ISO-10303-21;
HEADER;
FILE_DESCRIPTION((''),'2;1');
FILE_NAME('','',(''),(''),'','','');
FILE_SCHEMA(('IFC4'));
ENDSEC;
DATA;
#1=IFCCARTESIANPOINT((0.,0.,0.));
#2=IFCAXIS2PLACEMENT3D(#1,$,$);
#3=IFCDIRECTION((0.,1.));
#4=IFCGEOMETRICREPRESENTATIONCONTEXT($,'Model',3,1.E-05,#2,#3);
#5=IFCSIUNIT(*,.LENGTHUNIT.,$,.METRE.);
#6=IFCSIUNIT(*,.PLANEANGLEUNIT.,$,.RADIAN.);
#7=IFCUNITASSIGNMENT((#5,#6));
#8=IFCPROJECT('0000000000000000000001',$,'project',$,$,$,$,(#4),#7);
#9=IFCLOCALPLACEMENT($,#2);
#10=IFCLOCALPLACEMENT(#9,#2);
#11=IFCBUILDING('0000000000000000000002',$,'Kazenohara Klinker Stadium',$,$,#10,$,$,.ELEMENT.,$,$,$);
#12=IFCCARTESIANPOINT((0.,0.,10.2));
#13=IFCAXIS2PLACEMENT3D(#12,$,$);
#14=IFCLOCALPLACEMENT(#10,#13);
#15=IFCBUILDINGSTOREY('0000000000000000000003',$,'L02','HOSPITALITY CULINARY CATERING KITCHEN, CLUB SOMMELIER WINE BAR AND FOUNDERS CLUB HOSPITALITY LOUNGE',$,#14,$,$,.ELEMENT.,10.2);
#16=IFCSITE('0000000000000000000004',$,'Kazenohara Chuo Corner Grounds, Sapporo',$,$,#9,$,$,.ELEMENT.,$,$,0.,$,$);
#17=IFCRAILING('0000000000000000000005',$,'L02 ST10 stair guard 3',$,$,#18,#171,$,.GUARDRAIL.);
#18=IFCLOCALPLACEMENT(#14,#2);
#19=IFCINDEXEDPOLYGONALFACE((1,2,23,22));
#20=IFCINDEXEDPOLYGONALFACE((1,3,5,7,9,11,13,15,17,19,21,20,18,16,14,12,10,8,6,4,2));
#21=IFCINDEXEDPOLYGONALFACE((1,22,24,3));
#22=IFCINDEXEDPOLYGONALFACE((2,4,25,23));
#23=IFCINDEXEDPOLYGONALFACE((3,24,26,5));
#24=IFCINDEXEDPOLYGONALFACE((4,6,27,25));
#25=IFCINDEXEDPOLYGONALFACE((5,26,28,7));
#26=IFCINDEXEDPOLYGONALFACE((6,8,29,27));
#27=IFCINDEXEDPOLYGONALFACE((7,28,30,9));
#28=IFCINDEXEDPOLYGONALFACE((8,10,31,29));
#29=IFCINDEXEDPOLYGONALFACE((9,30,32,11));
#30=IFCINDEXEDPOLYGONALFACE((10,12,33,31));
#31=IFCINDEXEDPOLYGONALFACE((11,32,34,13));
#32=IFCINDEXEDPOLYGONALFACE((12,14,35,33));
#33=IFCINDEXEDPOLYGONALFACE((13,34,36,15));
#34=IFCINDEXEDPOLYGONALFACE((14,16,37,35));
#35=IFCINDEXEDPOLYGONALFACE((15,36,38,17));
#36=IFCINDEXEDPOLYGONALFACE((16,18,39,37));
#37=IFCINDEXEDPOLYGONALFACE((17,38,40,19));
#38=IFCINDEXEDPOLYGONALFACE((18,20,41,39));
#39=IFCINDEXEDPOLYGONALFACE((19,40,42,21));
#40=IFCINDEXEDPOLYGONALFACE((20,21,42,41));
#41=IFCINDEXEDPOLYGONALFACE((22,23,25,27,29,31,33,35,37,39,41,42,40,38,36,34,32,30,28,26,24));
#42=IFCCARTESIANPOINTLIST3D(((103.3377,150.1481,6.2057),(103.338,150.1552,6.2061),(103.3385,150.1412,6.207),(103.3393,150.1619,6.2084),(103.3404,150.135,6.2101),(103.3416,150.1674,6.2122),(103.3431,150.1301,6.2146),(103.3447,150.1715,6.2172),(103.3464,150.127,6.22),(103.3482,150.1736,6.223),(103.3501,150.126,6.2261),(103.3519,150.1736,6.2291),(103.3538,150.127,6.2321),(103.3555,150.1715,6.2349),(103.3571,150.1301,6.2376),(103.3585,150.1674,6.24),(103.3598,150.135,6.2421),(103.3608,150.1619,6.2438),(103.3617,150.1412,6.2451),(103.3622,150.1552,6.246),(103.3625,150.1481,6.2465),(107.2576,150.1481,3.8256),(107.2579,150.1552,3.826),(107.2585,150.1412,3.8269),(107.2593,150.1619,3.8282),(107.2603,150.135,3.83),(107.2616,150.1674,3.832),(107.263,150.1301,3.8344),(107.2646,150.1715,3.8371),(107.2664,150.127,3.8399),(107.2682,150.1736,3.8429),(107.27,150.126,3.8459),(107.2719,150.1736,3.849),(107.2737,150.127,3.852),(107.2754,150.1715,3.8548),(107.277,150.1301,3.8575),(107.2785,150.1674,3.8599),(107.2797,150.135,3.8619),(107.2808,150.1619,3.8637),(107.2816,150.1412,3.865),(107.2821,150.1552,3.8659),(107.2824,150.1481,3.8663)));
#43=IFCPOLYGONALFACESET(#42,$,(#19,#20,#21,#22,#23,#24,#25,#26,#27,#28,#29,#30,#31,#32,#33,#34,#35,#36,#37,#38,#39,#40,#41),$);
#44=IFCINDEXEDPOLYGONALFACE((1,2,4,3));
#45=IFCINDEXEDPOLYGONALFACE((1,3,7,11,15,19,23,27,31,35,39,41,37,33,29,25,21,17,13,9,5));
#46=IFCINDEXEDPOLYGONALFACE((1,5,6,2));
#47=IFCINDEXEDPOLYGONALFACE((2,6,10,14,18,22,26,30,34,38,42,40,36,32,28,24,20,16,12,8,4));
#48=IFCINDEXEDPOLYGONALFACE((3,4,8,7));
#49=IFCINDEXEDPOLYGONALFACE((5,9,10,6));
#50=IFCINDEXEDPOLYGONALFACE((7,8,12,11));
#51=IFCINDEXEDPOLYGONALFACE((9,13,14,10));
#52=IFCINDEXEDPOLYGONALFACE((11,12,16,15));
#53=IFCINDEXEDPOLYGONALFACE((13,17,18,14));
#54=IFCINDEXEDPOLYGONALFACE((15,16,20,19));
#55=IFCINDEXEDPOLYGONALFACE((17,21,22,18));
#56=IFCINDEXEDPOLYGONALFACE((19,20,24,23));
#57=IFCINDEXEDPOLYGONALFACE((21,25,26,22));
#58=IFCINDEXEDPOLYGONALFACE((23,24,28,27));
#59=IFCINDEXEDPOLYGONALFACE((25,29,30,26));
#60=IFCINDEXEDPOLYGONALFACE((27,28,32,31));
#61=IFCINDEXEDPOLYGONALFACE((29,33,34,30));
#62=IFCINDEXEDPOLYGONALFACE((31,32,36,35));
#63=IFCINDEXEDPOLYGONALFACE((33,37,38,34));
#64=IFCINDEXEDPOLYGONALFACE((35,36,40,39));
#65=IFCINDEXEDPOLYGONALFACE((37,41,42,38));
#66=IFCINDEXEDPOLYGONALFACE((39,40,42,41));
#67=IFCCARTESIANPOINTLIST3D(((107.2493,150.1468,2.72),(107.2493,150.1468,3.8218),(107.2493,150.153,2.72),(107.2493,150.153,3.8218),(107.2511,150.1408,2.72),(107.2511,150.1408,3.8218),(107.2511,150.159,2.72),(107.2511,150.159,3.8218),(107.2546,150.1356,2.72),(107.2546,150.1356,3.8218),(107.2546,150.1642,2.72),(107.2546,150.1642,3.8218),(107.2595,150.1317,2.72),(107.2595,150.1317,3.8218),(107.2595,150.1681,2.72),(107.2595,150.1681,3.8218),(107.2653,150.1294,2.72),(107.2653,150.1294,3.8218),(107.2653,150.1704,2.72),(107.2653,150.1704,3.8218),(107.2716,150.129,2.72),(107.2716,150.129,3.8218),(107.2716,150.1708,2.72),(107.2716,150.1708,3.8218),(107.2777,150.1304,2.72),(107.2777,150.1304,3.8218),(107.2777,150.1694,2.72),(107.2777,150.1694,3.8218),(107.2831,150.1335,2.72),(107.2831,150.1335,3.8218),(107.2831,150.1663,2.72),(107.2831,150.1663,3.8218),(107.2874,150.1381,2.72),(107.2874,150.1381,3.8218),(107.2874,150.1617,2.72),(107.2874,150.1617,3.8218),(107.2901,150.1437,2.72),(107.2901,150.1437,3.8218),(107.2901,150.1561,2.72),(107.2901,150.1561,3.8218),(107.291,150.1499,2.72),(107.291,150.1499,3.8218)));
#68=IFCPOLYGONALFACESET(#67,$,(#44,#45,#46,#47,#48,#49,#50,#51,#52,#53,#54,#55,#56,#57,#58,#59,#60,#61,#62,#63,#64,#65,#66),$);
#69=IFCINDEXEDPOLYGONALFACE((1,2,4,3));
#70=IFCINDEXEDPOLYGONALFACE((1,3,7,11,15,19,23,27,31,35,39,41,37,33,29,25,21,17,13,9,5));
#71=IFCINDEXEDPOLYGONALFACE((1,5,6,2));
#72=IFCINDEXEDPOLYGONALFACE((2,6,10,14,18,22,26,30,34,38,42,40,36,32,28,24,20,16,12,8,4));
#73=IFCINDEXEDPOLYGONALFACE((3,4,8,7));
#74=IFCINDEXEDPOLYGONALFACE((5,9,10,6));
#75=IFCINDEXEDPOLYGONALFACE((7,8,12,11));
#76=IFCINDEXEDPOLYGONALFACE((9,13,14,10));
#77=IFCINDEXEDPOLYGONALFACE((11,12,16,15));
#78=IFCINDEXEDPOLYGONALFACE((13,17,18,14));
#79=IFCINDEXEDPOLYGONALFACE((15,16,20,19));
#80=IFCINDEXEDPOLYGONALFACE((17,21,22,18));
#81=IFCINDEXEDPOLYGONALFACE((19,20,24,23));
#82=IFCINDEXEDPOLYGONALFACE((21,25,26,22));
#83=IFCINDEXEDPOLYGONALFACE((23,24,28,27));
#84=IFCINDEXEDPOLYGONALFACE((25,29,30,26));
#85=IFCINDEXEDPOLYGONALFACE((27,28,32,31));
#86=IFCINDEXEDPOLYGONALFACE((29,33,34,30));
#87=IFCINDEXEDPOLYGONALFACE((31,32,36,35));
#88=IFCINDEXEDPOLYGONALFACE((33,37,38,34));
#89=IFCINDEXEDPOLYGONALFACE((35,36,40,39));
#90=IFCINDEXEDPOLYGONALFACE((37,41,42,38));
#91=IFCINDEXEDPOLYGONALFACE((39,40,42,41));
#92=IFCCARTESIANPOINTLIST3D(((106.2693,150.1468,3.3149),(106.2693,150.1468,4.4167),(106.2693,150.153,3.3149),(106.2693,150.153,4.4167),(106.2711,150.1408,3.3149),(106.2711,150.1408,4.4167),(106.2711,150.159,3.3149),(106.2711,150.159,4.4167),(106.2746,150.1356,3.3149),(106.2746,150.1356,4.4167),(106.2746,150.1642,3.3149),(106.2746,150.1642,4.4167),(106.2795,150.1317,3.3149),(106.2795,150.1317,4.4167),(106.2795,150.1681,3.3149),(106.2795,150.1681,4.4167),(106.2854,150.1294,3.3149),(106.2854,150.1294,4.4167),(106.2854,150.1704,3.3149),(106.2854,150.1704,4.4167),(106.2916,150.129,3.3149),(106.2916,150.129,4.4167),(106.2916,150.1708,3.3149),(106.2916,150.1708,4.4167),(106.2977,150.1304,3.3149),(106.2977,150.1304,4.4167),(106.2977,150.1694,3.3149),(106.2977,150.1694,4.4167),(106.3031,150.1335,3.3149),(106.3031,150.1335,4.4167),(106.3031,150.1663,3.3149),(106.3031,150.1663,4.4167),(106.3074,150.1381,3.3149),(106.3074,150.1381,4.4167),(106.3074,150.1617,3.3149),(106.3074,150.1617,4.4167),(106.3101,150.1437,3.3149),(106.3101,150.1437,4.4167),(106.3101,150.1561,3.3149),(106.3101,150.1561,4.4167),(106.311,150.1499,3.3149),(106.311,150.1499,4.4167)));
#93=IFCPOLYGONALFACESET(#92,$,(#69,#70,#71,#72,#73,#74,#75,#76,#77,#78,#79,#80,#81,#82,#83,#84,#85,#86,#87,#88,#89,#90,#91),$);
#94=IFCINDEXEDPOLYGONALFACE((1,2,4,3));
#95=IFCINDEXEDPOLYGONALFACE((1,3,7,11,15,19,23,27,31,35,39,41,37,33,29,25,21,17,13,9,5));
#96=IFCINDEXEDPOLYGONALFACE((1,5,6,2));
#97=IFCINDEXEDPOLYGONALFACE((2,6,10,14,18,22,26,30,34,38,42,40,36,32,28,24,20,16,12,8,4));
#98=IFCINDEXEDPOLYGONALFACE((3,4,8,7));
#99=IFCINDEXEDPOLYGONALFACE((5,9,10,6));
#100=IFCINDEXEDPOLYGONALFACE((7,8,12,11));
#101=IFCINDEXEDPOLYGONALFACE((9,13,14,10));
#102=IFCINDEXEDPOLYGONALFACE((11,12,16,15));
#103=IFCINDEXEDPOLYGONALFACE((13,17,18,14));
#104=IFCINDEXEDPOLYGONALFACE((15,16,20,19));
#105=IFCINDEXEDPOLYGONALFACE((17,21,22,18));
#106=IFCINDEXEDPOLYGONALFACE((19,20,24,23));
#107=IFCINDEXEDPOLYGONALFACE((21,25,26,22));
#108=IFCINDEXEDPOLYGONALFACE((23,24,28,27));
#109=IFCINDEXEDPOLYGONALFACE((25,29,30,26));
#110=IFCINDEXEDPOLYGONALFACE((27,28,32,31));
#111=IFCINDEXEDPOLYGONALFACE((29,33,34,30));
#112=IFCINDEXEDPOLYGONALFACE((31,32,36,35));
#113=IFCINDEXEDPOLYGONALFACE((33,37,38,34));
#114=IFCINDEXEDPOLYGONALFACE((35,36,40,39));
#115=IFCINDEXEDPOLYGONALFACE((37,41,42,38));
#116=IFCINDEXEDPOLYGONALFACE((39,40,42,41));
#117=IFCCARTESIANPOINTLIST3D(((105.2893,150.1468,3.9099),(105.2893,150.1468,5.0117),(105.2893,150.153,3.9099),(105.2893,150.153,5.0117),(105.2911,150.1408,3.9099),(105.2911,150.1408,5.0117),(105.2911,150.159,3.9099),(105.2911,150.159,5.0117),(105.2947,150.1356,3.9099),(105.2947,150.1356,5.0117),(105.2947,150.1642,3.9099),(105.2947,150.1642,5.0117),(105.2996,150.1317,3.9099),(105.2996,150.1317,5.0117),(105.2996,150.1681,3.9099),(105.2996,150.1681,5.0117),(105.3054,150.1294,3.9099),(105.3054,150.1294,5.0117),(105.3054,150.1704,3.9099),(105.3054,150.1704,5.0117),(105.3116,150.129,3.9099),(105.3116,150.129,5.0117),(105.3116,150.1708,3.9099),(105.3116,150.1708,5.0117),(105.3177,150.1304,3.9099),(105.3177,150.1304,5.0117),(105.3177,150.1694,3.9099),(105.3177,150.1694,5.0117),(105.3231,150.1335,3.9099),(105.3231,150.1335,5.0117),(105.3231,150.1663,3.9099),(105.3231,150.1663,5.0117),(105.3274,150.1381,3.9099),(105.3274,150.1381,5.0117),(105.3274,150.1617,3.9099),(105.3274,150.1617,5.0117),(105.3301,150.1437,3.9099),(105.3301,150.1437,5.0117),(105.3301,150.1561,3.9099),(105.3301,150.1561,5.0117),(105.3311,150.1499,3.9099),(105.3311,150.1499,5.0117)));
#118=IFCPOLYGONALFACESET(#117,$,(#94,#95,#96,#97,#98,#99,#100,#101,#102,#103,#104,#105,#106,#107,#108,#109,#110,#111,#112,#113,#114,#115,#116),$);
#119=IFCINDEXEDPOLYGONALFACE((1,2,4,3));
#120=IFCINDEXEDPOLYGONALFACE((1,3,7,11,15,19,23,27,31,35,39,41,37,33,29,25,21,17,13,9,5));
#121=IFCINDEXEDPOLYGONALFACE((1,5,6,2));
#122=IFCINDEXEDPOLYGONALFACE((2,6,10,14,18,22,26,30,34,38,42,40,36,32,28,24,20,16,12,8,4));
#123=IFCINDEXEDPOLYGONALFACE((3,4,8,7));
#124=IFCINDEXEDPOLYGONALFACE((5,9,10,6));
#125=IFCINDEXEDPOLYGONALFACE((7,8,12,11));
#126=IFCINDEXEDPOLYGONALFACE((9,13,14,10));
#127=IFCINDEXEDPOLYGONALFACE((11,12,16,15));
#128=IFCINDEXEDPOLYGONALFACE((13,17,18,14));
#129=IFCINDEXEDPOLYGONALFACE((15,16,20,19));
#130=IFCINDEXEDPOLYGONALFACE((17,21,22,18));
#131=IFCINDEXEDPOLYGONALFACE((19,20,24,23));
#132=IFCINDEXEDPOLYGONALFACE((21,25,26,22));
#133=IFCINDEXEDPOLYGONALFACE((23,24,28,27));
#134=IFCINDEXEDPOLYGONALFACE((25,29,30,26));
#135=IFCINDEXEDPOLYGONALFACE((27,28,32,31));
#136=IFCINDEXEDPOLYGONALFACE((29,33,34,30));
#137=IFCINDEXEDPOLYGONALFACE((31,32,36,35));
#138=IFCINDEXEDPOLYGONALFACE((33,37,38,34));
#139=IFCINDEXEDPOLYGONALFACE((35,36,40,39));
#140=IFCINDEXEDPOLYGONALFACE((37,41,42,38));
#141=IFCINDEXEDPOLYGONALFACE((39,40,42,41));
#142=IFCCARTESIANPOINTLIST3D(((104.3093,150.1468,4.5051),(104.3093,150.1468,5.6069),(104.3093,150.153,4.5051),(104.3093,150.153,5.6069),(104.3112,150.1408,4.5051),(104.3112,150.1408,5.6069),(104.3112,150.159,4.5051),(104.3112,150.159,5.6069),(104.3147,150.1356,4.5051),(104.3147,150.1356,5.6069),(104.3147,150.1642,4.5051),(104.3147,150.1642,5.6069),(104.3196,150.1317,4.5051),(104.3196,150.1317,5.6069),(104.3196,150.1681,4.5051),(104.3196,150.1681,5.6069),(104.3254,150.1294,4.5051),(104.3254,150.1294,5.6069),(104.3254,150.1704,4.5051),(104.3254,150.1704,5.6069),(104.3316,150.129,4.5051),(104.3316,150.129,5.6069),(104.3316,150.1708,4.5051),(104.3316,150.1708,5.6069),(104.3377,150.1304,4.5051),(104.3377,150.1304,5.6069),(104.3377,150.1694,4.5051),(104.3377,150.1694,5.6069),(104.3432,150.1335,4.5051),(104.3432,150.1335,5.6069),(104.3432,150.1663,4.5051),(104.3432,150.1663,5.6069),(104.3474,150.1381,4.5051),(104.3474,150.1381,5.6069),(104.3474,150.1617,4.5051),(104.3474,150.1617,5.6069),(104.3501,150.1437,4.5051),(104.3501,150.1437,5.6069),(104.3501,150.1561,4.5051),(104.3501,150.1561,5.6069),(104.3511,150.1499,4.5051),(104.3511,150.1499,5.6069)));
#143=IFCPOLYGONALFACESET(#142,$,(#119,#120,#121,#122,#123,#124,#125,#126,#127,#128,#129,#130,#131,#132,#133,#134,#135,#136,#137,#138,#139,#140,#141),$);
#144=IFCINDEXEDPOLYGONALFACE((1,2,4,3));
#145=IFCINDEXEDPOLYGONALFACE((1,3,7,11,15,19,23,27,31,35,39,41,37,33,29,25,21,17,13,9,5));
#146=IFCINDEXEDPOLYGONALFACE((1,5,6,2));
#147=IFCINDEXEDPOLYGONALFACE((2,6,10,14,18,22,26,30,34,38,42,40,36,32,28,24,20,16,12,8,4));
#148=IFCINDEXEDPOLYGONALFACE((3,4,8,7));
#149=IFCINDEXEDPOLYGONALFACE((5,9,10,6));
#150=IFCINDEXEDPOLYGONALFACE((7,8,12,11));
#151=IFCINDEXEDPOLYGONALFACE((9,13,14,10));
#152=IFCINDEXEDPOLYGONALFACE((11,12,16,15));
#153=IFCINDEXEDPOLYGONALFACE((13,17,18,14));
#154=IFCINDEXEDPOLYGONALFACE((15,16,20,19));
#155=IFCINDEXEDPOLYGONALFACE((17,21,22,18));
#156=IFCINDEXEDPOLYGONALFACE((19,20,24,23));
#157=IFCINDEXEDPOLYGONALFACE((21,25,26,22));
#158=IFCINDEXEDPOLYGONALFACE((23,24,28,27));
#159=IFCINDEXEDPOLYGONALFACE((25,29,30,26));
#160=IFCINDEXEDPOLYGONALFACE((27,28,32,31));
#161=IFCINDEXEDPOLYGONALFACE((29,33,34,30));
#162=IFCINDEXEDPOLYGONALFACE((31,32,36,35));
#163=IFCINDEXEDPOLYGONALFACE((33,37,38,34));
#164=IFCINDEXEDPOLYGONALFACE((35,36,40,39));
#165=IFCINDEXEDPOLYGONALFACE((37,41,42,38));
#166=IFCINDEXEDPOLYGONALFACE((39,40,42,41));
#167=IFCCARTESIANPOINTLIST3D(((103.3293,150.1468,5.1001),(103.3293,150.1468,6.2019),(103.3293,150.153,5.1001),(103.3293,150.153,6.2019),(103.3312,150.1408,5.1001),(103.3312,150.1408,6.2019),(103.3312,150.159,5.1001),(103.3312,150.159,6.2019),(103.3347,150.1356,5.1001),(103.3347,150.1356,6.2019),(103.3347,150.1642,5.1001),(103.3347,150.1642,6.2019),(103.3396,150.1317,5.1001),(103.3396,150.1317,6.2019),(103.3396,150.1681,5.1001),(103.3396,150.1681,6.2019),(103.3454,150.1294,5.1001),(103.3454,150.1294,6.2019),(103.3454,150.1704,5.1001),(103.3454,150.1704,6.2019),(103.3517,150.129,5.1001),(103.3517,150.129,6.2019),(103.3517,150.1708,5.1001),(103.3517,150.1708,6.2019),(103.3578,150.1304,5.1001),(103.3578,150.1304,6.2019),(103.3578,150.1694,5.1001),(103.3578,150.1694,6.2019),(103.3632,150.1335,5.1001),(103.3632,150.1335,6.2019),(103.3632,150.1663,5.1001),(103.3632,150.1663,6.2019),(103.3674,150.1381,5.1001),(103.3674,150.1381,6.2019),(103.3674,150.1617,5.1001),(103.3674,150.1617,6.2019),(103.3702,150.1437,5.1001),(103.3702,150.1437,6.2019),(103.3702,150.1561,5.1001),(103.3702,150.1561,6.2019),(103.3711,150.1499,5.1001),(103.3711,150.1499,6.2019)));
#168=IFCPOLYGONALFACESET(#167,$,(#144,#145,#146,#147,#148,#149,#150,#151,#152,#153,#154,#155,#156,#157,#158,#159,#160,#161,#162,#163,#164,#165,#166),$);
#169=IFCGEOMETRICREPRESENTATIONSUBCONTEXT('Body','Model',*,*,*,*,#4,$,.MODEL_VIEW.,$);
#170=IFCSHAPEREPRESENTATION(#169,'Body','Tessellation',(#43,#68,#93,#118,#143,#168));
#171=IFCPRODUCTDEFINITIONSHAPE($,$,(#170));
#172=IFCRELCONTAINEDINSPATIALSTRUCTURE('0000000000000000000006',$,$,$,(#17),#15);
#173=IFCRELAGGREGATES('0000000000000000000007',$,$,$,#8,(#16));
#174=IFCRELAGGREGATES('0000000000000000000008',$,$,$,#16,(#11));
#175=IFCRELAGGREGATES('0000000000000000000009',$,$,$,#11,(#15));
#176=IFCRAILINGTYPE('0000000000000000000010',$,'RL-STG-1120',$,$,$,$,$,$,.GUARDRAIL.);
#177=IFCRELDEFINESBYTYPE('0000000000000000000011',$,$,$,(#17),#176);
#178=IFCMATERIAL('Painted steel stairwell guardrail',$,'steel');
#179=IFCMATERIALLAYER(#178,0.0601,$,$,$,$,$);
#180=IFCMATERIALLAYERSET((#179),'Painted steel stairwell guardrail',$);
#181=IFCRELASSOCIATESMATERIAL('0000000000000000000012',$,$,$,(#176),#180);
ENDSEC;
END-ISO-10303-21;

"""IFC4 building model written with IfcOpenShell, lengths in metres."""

from ifc_helpers import new_model, si_unit, direction, frame, origin, origin_2d, place, context, subcontext, project, spatial, circle, extrude, material, layer, layer_set, type_object, element, save


model = new_model("IFC4")

# Units and contexts
model_context = context("Model", 3, precision=1e-05, world=origin(), true_north=direction((0.0, 1.0)))
body_context = subcontext(model_context, "Body", "Model", "MODEL_VIEW")
ifc_project = project(units=[si_unit("LENGTHUNIT", "METRE"), si_unit("PLANEANGLEUNIT", "RADIAN")], contexts=[model_context])

# Site, building, storey
site_placement = place(None, origin())
site = spatial("IfcSite", under=ifc_project, at=site_placement, Name="Kazenohara Chuo Corner Grounds, Sapporo", CompositionType="ELEMENT", RefElevation=0.0)
building_placement = place(site_placement, origin())
building = spatial("IfcBuilding", under=site, at=building_placement, Name="Kazenohara Klinker Stadium", CompositionType="ELEMENT")
storey_placement = place(building_placement, frame((0.0, 0.0, 10.2)))
storey = spatial("IfcBuildingStorey", under=building, at=storey_placement, Name="L02", Description="HOSPITALITY CULINARY CATERING KITCHEN, CLUB SOMMELIER WINE BAR AND FOUNDERS CLUB HOSPITALITY LOUNGE", CompositionType="ELEMENT", Elevation=10.2)

# Railing
ifc_material_1 = material(Name="Painted steel stairwell guardrail", Category="steel")
ifc_layer_1 = layer(ifc_material_1, 0.0601)
ifc_layer_set_1 = layer_set([ifc_layer_1], Name="Painted steel stairwell guardrail")
railing_type_1 = type_object("IfcRailingType", Name="RL-STG-1120", PredefinedType="GUARDRAIL", material=ifc_layer_set_1)
railing_1_placement = place(storey_placement, frame((107.27, 150.1499, 2.72)))
element("IfcRailing", 1, at=railing_1_placement, inside=storey, type_object=railing_type_1, Name="L02 ST10 stair guard 3", PredefinedType="GUARDRAIL", context=body_context, shape_type="SweptSolid", body=[
    extrude(circle(Radius=0.0239, at=origin_2d()), frame((0.0, 0.0, 1.126), z_axis=(-0.854771, 0.0, 0.519006), x_axis=(0.0, -1.0, 0.0)), (0.0, 0.0, 1.0), 4.5859),
    extrude(circle(Radius=0.021, at=origin_2d()), origin(), (0.0, 0.0, 1.0), 1.1018),
    extrude(circle(Radius=0.021, at=origin_2d()), frame((-0.98, 0.0, 0.595)), (0.0, 0.0, 1.0), 1.1018),
    extrude(circle(Radius=0.021, at=origin_2d()), frame((-1.96, 0.0, 1.1899)), (0.0, 0.0, 1.0), 1.1018),
    extrude(circle(Radius=0.021, at=origin_2d()), frame((-2.9399, 0.0, 1.7852)), (0.0, 0.0, 1.0), 1.1018),
    extrude(circle(Radius=0.021, at=origin_2d()), frame((-3.9199, 0.0, 2.3801)), (0.0, 0.0, 1.0), 1.1018),
])

save(model, "model.ifc")
